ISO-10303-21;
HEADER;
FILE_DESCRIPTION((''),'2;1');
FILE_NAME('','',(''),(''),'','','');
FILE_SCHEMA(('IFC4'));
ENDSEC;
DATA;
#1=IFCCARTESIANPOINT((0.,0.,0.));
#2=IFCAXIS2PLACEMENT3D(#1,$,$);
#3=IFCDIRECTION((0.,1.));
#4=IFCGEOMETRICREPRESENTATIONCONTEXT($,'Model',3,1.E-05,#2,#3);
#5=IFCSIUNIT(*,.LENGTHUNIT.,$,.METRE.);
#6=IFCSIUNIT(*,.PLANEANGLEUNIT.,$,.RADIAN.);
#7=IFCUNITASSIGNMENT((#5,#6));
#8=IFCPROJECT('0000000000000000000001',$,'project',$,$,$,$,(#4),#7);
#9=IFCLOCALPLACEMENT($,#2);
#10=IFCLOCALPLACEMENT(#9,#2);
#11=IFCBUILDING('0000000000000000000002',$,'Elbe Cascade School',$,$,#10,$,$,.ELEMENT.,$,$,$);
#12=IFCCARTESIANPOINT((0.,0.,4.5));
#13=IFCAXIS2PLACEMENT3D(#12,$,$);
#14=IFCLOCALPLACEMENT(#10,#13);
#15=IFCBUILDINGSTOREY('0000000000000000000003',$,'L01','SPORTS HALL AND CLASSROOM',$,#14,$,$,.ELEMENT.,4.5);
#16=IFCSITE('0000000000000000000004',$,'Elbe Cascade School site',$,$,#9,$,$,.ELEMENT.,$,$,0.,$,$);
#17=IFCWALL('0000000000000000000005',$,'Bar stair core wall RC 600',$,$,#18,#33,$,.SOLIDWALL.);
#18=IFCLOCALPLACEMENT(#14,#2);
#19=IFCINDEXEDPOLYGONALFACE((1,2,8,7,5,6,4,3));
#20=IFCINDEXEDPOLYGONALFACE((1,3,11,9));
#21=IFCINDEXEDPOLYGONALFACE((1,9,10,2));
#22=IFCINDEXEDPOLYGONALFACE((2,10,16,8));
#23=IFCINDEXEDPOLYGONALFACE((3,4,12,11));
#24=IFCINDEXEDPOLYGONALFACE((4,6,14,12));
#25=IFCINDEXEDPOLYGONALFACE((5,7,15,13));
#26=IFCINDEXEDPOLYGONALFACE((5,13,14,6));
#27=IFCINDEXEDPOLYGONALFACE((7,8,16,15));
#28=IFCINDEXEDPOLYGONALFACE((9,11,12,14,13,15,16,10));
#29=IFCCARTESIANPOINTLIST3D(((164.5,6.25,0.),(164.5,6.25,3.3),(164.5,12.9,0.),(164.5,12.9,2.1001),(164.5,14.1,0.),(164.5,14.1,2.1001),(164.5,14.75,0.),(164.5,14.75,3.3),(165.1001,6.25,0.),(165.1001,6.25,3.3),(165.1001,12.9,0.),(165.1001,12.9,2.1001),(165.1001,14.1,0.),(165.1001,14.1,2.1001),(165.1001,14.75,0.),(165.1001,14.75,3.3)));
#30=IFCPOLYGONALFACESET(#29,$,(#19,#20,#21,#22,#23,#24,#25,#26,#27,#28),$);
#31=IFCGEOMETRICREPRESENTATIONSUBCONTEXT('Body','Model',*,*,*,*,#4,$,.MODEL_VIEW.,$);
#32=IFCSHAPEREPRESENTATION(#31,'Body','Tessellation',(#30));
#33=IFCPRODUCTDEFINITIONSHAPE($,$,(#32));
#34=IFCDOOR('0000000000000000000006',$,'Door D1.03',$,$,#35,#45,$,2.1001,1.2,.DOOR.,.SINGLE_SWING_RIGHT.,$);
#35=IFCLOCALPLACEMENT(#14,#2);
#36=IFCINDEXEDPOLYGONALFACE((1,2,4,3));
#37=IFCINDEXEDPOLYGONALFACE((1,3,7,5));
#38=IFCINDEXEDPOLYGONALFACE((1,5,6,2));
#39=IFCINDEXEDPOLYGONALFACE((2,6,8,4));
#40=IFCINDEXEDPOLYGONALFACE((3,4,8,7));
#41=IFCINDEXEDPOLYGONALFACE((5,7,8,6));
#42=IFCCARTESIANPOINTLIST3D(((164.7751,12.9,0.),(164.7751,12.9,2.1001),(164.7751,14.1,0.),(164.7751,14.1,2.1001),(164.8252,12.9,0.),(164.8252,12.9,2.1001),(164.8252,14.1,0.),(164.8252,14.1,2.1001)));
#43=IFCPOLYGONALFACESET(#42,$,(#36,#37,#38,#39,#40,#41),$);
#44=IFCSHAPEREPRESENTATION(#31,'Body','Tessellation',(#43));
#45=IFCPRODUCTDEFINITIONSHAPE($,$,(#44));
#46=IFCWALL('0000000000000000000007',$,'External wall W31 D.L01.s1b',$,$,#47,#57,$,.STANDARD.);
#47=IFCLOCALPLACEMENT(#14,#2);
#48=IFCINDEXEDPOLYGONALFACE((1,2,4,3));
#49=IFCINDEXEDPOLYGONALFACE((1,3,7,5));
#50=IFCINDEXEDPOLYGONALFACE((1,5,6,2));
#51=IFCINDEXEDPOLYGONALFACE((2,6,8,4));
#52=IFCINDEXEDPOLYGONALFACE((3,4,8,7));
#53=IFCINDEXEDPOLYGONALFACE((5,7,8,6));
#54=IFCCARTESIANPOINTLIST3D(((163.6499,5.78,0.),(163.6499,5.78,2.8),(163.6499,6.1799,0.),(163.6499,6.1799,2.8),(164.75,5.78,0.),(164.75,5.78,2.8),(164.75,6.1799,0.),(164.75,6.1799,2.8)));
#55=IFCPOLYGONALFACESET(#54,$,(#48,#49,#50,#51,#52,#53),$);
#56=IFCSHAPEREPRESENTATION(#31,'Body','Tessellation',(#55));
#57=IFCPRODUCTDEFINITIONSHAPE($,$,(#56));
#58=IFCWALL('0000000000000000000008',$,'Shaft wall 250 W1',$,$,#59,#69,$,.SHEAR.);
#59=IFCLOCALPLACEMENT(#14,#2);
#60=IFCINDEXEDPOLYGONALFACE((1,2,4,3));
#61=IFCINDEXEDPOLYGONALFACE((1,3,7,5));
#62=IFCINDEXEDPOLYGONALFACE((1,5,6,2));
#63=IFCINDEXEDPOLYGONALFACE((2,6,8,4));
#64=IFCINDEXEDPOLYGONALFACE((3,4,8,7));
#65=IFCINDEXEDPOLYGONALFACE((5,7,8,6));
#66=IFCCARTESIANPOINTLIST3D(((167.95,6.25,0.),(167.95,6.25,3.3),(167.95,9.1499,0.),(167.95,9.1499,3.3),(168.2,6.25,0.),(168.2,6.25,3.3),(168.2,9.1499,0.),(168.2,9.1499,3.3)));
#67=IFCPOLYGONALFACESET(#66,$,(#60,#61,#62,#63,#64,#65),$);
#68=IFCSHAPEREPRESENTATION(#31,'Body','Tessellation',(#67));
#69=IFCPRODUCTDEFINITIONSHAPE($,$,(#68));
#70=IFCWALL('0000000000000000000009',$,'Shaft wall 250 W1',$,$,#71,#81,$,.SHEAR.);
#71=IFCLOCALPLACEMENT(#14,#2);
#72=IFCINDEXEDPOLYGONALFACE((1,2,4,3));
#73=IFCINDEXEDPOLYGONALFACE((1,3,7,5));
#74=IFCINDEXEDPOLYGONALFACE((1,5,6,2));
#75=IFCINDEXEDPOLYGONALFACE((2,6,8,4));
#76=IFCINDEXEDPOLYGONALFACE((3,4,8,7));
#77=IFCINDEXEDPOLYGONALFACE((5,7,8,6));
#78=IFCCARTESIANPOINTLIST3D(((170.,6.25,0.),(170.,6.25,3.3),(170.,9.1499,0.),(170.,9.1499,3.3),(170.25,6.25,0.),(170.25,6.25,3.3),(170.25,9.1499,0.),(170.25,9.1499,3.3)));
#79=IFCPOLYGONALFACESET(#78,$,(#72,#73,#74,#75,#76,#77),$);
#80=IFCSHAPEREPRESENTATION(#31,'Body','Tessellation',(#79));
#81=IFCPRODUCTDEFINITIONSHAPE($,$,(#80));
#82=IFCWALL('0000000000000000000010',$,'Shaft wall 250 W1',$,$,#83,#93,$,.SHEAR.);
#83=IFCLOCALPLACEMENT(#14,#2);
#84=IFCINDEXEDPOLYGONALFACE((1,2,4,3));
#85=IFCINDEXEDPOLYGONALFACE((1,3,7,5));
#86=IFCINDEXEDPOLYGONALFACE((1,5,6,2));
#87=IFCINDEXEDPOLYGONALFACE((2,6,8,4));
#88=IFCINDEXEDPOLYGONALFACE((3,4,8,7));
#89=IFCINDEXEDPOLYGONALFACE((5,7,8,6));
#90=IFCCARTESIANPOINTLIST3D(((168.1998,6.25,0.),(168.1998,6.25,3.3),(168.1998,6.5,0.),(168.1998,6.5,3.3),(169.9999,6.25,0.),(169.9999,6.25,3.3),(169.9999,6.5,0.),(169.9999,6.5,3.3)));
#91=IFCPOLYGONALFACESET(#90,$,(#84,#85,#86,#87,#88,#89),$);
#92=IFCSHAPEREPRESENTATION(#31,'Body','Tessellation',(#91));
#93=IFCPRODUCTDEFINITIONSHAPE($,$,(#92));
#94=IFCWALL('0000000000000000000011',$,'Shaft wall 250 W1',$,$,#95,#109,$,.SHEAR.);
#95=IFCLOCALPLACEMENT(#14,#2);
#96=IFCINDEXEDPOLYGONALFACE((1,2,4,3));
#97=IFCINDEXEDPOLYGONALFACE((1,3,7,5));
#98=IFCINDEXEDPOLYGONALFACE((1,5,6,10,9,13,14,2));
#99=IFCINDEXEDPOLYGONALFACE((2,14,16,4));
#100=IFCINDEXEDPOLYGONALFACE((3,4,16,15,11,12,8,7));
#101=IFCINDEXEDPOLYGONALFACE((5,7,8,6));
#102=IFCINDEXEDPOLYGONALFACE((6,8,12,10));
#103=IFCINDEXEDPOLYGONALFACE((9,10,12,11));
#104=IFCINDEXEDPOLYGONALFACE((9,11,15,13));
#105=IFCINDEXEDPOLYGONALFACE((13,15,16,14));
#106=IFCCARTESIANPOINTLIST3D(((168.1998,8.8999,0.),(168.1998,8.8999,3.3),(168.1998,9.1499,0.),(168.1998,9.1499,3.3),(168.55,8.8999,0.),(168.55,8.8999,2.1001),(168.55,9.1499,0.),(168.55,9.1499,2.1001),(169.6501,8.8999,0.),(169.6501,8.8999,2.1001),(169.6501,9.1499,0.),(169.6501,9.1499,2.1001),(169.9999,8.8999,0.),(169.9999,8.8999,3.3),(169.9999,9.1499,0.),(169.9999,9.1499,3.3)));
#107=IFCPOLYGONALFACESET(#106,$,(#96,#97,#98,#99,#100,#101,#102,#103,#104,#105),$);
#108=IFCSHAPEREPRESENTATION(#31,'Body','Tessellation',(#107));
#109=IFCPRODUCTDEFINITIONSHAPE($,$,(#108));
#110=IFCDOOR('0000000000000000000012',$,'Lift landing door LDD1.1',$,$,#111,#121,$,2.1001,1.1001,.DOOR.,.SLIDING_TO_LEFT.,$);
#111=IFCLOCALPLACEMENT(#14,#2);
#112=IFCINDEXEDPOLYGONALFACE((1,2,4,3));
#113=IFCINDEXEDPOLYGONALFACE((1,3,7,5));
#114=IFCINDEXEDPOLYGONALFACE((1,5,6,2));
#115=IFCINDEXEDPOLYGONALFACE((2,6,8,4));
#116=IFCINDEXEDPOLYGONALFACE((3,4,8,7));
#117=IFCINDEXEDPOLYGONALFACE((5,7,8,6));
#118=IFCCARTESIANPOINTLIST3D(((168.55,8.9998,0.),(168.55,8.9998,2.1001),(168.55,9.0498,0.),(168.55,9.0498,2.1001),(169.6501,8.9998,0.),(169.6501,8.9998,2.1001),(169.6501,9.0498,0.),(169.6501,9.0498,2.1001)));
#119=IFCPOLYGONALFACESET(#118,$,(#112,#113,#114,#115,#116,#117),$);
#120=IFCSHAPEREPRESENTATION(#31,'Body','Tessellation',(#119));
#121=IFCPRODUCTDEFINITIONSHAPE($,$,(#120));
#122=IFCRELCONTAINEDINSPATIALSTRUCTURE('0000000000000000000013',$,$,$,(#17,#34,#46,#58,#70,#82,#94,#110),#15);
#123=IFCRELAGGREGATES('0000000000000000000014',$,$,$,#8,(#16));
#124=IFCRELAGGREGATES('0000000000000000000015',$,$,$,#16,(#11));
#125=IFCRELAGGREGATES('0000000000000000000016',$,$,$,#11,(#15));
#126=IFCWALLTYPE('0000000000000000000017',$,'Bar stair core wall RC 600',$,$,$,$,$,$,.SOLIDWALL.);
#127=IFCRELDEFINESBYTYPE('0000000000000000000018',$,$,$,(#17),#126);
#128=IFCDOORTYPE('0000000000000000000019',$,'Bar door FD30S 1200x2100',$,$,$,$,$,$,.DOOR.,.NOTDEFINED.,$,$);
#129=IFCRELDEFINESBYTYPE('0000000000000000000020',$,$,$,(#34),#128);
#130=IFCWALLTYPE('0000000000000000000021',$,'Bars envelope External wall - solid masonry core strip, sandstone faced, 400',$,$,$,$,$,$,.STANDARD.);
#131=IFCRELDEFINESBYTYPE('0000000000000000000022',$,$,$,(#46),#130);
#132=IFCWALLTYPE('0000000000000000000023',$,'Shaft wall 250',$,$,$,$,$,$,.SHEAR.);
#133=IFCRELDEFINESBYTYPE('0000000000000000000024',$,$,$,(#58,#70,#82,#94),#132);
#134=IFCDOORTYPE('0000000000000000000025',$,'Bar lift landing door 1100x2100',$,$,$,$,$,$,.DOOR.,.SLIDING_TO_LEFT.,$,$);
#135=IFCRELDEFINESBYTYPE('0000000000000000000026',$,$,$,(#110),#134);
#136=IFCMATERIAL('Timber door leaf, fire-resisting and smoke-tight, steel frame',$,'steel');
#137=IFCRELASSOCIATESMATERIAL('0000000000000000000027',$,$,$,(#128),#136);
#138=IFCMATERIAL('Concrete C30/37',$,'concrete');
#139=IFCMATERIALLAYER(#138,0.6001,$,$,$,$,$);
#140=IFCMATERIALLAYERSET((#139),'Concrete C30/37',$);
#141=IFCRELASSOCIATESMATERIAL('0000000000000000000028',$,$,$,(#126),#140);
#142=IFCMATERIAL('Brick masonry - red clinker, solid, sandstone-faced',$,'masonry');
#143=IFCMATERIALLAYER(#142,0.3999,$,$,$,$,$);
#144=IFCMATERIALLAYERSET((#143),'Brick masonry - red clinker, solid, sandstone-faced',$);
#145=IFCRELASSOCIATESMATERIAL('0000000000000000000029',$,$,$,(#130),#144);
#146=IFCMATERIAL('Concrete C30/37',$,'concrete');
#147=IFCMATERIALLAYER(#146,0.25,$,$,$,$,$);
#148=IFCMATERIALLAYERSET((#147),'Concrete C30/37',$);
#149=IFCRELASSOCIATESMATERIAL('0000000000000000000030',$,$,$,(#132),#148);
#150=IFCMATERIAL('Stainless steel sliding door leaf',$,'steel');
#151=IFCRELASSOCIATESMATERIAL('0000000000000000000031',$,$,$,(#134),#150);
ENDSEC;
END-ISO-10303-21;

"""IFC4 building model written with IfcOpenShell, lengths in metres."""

from ifc_helpers import new_model, si_unit, direction, frame, frame_2d, origin, place, context, subcontext, project, spatial, rectangle, extrude, material, layer, layer_set, type_object, element, fill, save


model = new_model("IFC4")

# Units and contexts
model_context = context("Model", 3, precision=1e-05, world=origin(), true_north=direction((0.0, 1.0)))
body_context = subcontext(model_context, "Body", "Model", "MODEL_VIEW")
ifc_project = project(units=[si_unit("LENGTHUNIT", "METRE"), si_unit("PLANEANGLEUNIT", "RADIAN")], contexts=[model_context])

# Site, building, storey
site_placement = place(None, origin())
site = spatial("IfcSite", under=ifc_project, at=site_placement, Name="Elbe Cascade School site", CompositionType="ELEMENT", RefElevation=0.0)
building_placement = place(site_placement, origin())
building = spatial("IfcBuilding", under=site, at=building_placement, Name="Elbe Cascade School", CompositionType="ELEMENT")
storey_placement = place(building_placement, frame((0.0, 0.0, 4.5)))
storey = spatial("IfcBuildingStorey", under=building, at=storey_placement, Name="L01", Description="SPORTS HALL AND CLASSROOM", CompositionType="ELEMENT", Elevation=4.5)

# Wall, opening, door
ifc_material_1 = material(Name="Timber door leaf, fire-resisting and smoke-tight, steel frame", Category="steel")
door_type_1 = type_object("IfcDoorType", Name="Bar door FD30S 1200x2100", OperationType="NOTDEFINED", PredefinedType="DOOR", material=ifc_material_1)
ifc_material_2 = material(Name="Concrete C30/37", Category="concrete")
ifc_layer_1 = layer(ifc_material_2, 0.6001)
ifc_layer_set_1 = layer_set([ifc_layer_1], Name="Concrete C30/37")
wall_type_1 = type_object("IfcWallType", Name="Bar stair core wall RC 600", PredefinedType="SOLIDWALL", material=ifc_layer_set_1)
wall_1_placement = place(storey_placement, frame((164.8, 6.25, 0.0), z_axis=(0.0, 0.0, 1.0), x_axis=(0.0, 1.0, 0.0)))
wall_1 = element("IfcWall", 1, at=wall_1_placement, inside=storey, type_object=wall_type_1, Name="Bar stair core wall RC 600", PredefinedType="SOLIDWALL", context=body_context, shape_type="SweptSolid", body=[
    extrude(rectangle(XDim=8.5, YDim=0.6001, at=frame_2d((4.25, 0.0))), origin(), (0.0, 0.0, 1.0), 3.3),
])
opening_1_placement = place(wall_1_placement, frame((6.6499, 0.0, 0.0)))
opening_1 = element("IfcOpeningElement", 2, at=opening_1_placement, cuts=wall_1, PredefinedType="OPENING", context=body_context, shape_type="SweptSolid", body=[
    extrude(rectangle(XDim=1.2, YDim=2.1001, at=frame_2d((0.6001, 1.05))), frame((0.0, 0.3101, 0.0), z_axis=(0.0, -1.0, 0.0), x_axis=(1.0, 0.0, 0.0)), (0.0, 0.0, 1.0), 0.6201),
])
door_1_placement = place(opening_1_placement, origin())
door_1 = element("IfcDoor", 3, at=door_1_placement, inside=storey, type_object=door_type_1, Name="Door D1.03", OperationType="SINGLE_SWING_RIGHT", OverallHeight=2.1001, OverallWidth=1.2, PredefinedType="DOOR", context=body_context, shape_type="SweptSolid", body=[
    extrude(rectangle(XDim=1.2, YDim=2.1001, at=frame_2d((0.6001, 1.05))), frame((0.0, 0.0249, 0.0), z_axis=(0.0, -1.0, 0.0), x_axis=(1.0, 0.0, 0.0)), (0.0, 0.0, 1.0), 0.05),
])
fill(opening_1, door_1)

# Walls
ifc_material_3 = material(Name="Brick masonry - red clinker, solid, sandstone-faced", Category="masonry")
ifc_layer_2 = layer(ifc_material_3, 0.3999)
ifc_layer_set_2 = layer_set([ifc_layer_2], Name="Brick masonry - red clinker, solid, sandstone-faced")
wall_type_2 = type_object("IfcWallType", Name="Bars envelope External wall - solid masonry core strip, sandstone faced, 400", PredefinedType="STANDARD", material=ifc_layer_set_2)
wall_2_placement = place(storey_placement, frame((164.75, 5.98, 0.0), z_axis=(0.0, 0.0, 1.0), x_axis=(-1.0, 0.0, 0.0)))
element("IfcWall", 4, at=wall_2_placement, inside=storey, type_object=wall_type_2, Name="External wall W31 D.L01.s1b", PredefinedType="STANDARD", context=body_context, shape_type="SweptSolid", body=[
    extrude(rectangle(XDim=1.1001, YDim=0.3999, at=frame_2d((0.55, 0.0))), origin(), (0.0, 0.0, 1.0), 2.8),
])
ifc_material_4 = material(Name="Concrete C30/37", Category="concrete")
ifc_layer_3 = layer(ifc_material_4, 0.25)
ifc_layer_set_3 = layer_set([ifc_layer_3], Name="Concrete C30/37")
wall_type_3 = type_object("IfcWallType", Name="Shaft wall 250", PredefinedType="SHEAR", material=ifc_layer_set_3)
for number, where, z_axis, x_axis, name in (
    (5, (168.075, 6.25, 0.0), (0.0, 0.0, 1.0), (0.0, 1.0, 0.0), "Shaft wall 250 W1"),
    (6, (170.125, 6.25, 0.0), (0.0, 0.0, 1.0), (0.0, 1.0, 0.0), "Shaft wall 250 W1"),
):
    element("IfcWall", number, at=place(storey_placement, frame(where, z_axis=z_axis, x_axis=x_axis)), inside=storey, type_object=wall_type_3, Name=name, PredefinedType="SHEAR", context=body_context, shape_type="SweptSolid", body=[
        extrude(rectangle(XDim=2.8999, YDim=0.25, at=frame_2d((1.45, 0.0))), origin(), (0.0, 0.0, 1.0), 3.3),
    ])
wall_3_placement = place(storey_placement, frame((168.2, 6.375, 0.0), z_axis=(0.0, 0.0, 1.0), x_axis=(1.0, 0.0, 0.0)))
element("IfcWall", 7, at=wall_3_placement, inside=storey, type_object=wall_type_3, Name="Shaft wall 250 W1", PredefinedType="SHEAR", context=body_context, shape_type="SweptSolid", body=[
    extrude(rectangle(XDim=1.8, YDim=0.25, at=frame_2d((0.8999, 0.0))), origin(), (0.0, 0.0, 1.0), 3.3),
])

# Wall, opening, door
wall_4_placement = place(storey_placement, frame((168.2, 9.0249, 0.0), z_axis=(0.0, 0.0, 1.0), x_axis=(1.0, 0.0, 0.0)))
wall_4 = element("IfcWall", 8, at=wall_4_placement, inside=storey, type_object=wall_type_3, Name="Shaft wall 250 W1", PredefinedType="SHEAR", context=body_context, shape_type="SweptSolid", body=[
    extrude(rectangle(XDim=1.8, YDim=0.25, at=frame_2d((0.8999, 0.0))), origin(), (0.0, 0.0, 1.0), 3.3),
])
opening_2_placement = place(wall_4_placement, frame((0.3501, 0.0, 0.0)))
opening_2 = element("IfcOpeningElement", 9, at=opening_2_placement, cuts=wall_4, PredefinedType="OPENING", context=body_context, shape_type="SweptSolid", body=[
    extrude(rectangle(XDim=1.1001, YDim=2.1001, at=frame_2d((0.55, 1.05))), frame((0.0, 0.135, 0.0), z_axis=(0.0, -1.0, 0.0), x_axis=(1.0, 0.0, 0.0)), (0.0, 0.0, 1.0), 0.27),
])
ifc_material_5 = material(Name="Stainless steel sliding door leaf", Category="steel")
door_type_2 = type_object("IfcDoorType", Name="Bar lift landing door 1100x2100", OperationType="SLIDING_TO_LEFT", PredefinedType="DOOR", material=ifc_material_5)
door_2_placement = place(opening_2_placement, origin())
door_2 = element("IfcDoor", 10, at=door_2_placement, inside=storey, type_object=door_type_2, Name="Lift landing door LDD1.1", OperationType="SLIDING_TO_LEFT", OverallHeight=2.1001, OverallWidth=1.1001, PredefinedType="DOOR", context=body_context, shape_type="SweptSolid", body=[
    extrude(rectangle(XDim=1.1001, YDim=2.1001, at=frame_2d((0.55, 1.05))), frame((0.0, 0.0249, 0.0), z_axis=(0.0, -1.0, 0.0), x_axis=(1.0, 0.0, 0.0)), (0.0, 0.0, 1.0), 0.05),
])
fill(opening_2, door_2)

save(model, "model.ifc")
